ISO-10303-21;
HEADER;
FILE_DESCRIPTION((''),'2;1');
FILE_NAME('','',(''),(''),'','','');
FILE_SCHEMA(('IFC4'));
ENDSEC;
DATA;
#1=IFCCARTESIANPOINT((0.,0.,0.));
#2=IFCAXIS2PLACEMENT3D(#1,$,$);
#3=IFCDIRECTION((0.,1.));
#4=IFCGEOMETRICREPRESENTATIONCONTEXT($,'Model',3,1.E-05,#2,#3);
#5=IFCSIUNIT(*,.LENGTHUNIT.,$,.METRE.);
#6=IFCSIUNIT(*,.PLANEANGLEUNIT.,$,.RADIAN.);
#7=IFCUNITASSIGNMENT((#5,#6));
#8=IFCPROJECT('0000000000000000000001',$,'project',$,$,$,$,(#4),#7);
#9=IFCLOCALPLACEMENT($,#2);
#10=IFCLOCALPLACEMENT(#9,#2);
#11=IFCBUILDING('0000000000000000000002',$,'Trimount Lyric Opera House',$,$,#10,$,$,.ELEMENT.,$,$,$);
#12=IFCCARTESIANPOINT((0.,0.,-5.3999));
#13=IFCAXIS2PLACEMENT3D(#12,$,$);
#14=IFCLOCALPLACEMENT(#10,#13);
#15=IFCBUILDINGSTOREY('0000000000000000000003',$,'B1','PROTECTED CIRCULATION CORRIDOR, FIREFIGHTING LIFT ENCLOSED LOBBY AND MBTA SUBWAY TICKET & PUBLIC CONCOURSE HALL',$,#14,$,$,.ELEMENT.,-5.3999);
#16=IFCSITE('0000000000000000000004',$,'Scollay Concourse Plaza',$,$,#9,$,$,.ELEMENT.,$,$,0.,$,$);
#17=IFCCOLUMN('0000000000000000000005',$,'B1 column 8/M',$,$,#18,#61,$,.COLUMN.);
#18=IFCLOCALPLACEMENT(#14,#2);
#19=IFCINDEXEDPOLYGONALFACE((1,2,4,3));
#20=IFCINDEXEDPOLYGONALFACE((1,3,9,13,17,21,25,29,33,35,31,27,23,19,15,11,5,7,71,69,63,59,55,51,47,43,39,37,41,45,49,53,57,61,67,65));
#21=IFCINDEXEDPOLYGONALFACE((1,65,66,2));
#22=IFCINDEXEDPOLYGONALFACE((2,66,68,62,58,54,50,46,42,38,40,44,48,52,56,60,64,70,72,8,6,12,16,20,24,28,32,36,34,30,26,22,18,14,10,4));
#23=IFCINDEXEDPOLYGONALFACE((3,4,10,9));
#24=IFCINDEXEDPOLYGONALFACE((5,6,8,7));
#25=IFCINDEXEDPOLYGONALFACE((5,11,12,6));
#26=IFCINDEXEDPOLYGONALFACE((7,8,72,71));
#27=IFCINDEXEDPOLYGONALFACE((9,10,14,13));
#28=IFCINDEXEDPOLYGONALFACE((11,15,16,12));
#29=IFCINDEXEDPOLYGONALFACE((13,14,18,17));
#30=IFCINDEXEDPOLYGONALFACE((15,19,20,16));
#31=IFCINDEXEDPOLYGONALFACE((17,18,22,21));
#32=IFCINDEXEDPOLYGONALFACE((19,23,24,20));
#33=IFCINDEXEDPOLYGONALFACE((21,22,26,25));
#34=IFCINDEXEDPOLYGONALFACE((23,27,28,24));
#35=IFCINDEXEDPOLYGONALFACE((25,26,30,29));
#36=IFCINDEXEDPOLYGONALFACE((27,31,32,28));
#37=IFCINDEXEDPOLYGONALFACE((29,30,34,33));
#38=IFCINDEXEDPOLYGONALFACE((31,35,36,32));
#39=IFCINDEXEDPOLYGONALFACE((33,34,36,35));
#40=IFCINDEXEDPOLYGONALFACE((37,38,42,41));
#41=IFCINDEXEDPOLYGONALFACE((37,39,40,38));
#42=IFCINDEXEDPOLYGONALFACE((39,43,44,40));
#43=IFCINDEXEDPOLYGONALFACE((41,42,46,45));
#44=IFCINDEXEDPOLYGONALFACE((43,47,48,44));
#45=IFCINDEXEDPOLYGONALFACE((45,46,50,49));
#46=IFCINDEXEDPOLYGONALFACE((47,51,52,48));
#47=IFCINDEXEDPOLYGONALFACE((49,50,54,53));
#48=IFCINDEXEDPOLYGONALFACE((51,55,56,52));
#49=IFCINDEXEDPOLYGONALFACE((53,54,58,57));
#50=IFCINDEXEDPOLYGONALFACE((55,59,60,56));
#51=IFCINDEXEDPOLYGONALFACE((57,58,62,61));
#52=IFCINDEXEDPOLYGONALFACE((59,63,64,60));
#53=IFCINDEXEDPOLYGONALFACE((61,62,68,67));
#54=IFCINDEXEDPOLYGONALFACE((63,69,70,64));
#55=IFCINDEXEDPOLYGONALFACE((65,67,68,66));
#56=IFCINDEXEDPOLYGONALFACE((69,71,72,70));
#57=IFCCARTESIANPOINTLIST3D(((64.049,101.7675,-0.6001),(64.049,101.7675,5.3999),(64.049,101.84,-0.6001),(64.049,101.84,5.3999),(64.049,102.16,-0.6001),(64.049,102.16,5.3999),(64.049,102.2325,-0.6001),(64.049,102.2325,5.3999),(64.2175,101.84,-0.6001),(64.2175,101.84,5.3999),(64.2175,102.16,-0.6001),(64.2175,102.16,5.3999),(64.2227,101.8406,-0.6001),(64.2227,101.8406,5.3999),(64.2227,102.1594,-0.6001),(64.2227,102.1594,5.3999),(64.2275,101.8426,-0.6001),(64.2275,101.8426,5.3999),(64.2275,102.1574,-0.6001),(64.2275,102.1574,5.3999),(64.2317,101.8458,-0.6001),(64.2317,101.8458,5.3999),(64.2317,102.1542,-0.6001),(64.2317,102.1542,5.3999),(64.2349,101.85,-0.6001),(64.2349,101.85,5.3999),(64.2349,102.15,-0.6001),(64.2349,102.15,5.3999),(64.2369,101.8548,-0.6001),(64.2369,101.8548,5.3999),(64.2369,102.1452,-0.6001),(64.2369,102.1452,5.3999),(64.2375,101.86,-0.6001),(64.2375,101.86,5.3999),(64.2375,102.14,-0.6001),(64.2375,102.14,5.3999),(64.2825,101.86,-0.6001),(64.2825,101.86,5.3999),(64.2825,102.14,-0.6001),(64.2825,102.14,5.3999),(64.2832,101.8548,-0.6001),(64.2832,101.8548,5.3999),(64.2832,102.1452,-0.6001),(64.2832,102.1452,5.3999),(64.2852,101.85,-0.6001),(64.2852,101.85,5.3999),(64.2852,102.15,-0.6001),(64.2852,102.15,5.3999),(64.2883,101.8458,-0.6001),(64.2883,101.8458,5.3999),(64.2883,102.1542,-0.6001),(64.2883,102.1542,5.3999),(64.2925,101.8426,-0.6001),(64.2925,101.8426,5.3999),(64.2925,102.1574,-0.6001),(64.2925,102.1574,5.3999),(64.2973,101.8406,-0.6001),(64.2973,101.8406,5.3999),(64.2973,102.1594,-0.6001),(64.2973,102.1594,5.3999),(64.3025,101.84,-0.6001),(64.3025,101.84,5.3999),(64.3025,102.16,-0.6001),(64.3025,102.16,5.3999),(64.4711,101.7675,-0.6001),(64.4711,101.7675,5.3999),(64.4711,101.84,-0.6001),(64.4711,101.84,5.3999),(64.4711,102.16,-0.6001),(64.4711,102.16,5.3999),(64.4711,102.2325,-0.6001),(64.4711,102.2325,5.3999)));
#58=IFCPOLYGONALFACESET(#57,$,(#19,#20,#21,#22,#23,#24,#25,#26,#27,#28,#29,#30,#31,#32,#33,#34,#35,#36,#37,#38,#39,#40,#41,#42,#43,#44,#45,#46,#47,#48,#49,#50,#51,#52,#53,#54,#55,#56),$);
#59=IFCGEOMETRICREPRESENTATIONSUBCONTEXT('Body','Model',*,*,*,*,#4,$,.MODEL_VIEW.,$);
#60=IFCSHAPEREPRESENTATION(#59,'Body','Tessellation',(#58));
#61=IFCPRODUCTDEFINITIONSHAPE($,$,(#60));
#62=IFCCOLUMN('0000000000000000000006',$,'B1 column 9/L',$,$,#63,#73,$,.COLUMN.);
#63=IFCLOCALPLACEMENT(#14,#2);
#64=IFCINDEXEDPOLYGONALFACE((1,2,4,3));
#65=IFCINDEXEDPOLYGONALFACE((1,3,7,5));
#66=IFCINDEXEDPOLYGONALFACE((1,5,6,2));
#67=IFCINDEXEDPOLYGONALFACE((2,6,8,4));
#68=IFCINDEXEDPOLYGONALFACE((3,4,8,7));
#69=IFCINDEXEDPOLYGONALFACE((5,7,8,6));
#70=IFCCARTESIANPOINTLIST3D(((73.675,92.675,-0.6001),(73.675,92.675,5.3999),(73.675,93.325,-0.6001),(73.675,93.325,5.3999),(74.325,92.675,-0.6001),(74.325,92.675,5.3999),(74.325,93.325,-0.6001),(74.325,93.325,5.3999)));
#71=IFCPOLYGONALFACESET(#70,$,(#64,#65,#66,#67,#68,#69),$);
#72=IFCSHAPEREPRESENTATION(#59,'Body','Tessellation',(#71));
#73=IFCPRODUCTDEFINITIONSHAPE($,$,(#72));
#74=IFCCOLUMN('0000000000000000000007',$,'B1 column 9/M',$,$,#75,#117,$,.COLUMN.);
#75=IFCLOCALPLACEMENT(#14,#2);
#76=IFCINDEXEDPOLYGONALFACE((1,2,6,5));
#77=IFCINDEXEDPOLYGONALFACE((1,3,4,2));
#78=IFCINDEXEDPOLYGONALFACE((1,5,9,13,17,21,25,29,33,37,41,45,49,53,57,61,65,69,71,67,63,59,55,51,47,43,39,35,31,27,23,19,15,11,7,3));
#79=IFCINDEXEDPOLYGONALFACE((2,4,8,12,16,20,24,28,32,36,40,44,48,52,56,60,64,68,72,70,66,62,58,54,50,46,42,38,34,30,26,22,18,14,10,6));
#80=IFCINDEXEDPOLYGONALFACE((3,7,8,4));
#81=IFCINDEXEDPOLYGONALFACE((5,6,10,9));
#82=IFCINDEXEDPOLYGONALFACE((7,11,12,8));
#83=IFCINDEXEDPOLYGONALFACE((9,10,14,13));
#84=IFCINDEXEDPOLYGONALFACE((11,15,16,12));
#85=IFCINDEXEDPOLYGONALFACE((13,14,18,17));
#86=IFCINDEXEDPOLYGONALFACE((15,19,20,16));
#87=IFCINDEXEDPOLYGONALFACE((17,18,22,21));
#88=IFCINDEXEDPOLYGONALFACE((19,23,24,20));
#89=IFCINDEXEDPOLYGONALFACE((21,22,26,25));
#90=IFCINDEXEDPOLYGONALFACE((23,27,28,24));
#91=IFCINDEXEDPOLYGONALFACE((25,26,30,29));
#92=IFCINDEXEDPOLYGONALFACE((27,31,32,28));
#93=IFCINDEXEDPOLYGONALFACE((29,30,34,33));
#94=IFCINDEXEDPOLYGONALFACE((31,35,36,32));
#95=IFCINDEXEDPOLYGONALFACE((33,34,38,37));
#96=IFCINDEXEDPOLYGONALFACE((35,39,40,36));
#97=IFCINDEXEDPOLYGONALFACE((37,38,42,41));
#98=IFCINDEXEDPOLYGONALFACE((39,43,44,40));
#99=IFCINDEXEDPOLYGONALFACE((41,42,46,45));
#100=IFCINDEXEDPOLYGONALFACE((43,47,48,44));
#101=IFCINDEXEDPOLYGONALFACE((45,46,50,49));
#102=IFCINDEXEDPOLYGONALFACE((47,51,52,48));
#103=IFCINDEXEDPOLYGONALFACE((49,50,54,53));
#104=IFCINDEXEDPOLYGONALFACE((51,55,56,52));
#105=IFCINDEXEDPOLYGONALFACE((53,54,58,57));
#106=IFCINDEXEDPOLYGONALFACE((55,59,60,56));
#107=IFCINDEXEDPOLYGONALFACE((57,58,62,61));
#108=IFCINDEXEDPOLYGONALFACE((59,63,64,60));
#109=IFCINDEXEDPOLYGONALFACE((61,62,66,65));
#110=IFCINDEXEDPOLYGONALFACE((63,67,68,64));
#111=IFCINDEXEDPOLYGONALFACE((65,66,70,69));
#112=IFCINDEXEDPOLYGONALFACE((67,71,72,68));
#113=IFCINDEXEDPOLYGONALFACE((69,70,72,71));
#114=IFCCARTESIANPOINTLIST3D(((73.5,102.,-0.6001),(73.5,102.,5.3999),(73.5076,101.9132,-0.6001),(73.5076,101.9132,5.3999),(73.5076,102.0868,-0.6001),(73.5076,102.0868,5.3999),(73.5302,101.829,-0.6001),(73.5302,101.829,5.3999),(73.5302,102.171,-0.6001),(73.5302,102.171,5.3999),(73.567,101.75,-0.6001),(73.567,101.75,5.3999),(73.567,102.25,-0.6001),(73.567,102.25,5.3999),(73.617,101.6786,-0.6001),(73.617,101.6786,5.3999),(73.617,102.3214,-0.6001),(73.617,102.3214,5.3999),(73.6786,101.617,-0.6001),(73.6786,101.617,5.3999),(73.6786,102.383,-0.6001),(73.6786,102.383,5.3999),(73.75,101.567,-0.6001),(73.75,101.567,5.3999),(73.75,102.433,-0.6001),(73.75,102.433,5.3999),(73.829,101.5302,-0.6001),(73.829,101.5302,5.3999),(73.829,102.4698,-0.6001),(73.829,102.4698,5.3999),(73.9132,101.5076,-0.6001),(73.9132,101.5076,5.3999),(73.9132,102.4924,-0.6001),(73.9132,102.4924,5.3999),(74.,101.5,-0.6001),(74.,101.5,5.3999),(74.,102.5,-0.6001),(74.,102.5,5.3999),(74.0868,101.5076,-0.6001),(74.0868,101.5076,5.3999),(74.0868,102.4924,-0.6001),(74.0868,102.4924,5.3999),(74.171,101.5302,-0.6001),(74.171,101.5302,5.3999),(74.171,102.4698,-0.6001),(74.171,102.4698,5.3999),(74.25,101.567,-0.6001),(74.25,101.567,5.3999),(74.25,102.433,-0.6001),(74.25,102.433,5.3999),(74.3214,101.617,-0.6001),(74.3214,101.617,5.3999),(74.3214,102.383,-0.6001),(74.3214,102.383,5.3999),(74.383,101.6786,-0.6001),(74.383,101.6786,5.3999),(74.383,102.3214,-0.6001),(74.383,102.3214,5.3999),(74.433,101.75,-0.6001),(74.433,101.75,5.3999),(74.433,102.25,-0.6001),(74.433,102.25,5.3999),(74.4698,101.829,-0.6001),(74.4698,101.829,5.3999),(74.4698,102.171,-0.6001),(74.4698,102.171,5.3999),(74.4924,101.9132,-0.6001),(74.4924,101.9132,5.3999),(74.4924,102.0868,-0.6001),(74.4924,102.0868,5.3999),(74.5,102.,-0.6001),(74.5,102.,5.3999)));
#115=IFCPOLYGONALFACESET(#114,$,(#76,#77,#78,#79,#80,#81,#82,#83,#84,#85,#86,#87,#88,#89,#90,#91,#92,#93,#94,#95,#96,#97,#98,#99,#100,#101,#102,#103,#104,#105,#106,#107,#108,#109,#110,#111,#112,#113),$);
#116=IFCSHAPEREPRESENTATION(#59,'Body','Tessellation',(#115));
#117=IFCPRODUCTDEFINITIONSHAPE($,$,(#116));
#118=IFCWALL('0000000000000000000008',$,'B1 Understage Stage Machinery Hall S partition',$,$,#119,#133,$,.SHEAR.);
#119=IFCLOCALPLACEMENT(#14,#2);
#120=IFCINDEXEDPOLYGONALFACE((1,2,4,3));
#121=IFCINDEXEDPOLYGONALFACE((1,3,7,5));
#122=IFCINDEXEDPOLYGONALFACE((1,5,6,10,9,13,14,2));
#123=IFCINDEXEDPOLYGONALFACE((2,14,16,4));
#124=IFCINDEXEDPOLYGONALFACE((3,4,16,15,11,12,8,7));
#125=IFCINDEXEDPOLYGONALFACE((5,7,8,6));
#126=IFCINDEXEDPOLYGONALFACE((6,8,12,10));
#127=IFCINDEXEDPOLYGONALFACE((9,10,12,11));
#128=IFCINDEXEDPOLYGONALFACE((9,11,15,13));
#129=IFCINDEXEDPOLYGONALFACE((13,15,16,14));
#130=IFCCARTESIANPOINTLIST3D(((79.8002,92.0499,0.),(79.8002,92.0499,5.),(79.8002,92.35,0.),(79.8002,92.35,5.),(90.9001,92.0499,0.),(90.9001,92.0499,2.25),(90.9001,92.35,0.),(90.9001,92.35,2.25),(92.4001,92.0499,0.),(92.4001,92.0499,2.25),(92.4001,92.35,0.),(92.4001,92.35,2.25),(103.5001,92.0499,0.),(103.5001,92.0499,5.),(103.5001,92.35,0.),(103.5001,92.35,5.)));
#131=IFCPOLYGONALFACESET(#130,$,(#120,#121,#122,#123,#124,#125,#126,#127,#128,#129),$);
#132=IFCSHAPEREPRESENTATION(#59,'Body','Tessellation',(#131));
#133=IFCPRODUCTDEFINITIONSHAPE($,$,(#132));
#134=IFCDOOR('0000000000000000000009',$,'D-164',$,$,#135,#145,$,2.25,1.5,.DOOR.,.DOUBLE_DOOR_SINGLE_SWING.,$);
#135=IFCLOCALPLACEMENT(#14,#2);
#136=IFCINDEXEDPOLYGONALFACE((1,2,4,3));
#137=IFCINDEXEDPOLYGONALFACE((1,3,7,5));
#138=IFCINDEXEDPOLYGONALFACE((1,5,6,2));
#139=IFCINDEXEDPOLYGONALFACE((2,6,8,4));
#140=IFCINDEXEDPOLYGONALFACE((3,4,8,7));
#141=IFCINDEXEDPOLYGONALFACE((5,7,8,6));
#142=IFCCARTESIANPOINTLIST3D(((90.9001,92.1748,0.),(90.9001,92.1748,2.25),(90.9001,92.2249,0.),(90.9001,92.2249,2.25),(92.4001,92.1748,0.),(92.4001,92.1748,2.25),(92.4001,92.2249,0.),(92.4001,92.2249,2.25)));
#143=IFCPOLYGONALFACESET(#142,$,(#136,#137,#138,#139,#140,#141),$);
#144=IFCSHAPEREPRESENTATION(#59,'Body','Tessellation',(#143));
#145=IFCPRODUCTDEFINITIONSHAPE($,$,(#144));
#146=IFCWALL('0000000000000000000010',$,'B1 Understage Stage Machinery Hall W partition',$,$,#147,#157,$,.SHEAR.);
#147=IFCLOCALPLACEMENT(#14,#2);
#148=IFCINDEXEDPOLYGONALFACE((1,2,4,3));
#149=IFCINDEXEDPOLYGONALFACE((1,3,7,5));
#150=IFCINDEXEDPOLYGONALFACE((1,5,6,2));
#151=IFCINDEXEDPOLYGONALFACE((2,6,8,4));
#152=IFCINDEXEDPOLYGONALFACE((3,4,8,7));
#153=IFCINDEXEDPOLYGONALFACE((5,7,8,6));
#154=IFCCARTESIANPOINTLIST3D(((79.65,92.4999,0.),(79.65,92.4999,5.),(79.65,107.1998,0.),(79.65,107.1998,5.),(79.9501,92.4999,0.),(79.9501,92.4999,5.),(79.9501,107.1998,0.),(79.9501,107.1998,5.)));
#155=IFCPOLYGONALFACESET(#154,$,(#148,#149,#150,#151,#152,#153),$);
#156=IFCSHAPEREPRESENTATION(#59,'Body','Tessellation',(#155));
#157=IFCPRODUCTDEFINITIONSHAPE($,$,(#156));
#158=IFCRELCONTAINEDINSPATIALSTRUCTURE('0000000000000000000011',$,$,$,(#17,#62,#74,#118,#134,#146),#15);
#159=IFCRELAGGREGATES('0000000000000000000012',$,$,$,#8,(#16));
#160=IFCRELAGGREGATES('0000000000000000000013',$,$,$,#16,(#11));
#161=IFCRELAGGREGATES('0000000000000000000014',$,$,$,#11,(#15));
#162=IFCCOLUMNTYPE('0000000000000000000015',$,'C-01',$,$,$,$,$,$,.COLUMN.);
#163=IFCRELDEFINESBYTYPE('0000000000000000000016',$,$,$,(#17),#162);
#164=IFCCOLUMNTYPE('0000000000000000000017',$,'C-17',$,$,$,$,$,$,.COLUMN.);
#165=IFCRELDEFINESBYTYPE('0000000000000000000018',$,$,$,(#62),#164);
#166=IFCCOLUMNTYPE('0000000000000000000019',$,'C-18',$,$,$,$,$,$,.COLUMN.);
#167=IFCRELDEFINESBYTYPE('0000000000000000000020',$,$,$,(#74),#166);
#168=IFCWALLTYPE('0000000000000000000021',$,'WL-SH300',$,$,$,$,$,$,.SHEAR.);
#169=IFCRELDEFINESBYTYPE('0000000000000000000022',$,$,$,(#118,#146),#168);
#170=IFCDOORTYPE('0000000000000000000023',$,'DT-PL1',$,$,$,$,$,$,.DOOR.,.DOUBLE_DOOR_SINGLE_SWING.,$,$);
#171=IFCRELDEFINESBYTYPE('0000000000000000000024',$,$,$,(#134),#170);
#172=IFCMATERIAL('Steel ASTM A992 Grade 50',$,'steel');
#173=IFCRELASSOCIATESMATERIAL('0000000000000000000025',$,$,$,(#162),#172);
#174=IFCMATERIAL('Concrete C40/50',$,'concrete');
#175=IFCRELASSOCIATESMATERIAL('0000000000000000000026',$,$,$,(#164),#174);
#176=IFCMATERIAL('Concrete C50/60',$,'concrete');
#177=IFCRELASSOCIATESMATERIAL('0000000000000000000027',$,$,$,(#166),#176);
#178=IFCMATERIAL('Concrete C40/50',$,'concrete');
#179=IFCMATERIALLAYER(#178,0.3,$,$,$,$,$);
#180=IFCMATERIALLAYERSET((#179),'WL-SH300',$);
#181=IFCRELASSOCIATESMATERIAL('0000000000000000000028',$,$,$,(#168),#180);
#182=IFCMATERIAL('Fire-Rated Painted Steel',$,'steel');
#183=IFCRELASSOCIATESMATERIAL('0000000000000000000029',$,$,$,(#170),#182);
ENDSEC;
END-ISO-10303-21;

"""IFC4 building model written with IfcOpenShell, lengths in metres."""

from ifc_helpers import new_model, si_unit, direction, frame, frame_2d, origin, origin_2d, place, context, subcontext, project, spatial, rectangle, circle, i_section, extrude, material, layer, layer_set, material_profile, profile_set, type_object, element, fill, save


model = new_model("IFC4")

# Units and contexts
model_context = context("Model", 3, precision=1e-05, world=origin(), true_north=direction((0.0, 1.0)))
body_context = subcontext(model_context, "Body", "Model", "MODEL_VIEW")
ifc_project = project(units=[si_unit("LENGTHUNIT", "METRE"), si_unit("PLANEANGLEUNIT", "RADIAN")], contexts=[model_context])

# Site, building, storey
site_placement = place(None, origin())
site = spatial("IfcSite", under=ifc_project, at=site_placement, Name="Scollay Concourse Plaza", CompositionType="ELEMENT", RefElevation=0.0)
building_placement = place(site_placement, origin())
building = spatial("IfcBuilding", under=site, at=building_placement, Name="Trimount Lyric Opera House", CompositionType="ELEMENT")
storey_placement = place(building_placement, frame((0.0, 0.0, -5.3999)))
storey = spatial("IfcBuildingStorey", under=building, at=storey_placement, Name="B1", Description="PROTECTED CIRCULATION CORRIDOR, FIREFIGHTING LIFT ENCLOSED LOBBY AND MBTA SUBWAY TICKET & PUBLIC CONCOURSE HALL", CompositionType="ELEMENT", Elevation=-5.3999)

# Columns
ifc_material_1 = material(Name="Steel ASTM A992 Grade 50", Category="steel")
ifc_material_profile_1 = material_profile(ifc_material_1, i_section(OverallWidth=0.4221, OverallDepth=0.4651, WebThickness=0.0449, FlangeThickness=0.0725, FilletRadius=0.02, at=origin_2d()), Name="W14X398")
ifc_profile_set_1 = profile_set([ifc_material_profile_1], Name="Steel ASTM A992 Grade 50")
column_type_1 = type_object("IfcColumnType", Name="C-01", PredefinedType="COLUMN", material=ifc_profile_set_1)
column_1_placement = place(storey_placement, frame((64.26, 102.0, -0.6001), z_axis=(0.0, 0.0, 1.0), x_axis=(1.0, 0.0, 0.0)))
element("IfcColumn", 1, at=column_1_placement, inside=storey, type_object=column_type_1, Name="B1 column 8/M", PredefinedType="COLUMN", context=body_context, shape_type="SweptSolid", body=[
    extrude(i_section(OverallWidth=0.4221, OverallDepth=0.4651, WebThickness=0.0449, FlangeThickness=0.0725, FilletRadius=0.02, at=origin_2d()), origin(), (0.0, 0.0, 1.0), 6.0),
])
ifc_material_2 = material(Name="Concrete C40/50", Category="concrete")
ifc_material_profile_2 = material_profile(ifc_material_2, rectangle(XDim=0.6499, YDim=0.6499, at=origin_2d()), Name="RC650X650")
ifc_profile_set_2 = profile_set([ifc_material_profile_2], Name="Concrete C40/50")
column_type_2 = type_object("IfcColumnType", Name="C-17", PredefinedType="COLUMN", material=ifc_profile_set_2)
column_2_placement = place(storey_placement, frame((74.0, 93.0, -0.6001), z_axis=(0.0, 0.0, 1.0), x_axis=(1.0, 0.0, 0.0)))
element("IfcColumn", 2, at=column_2_placement, inside=storey, type_object=column_type_2, Name="B1 column 9/L", PredefinedType="COLUMN", context=body_context, shape_type="SweptSolid", body=[
    extrude(rectangle(XDim=0.6499, YDim=0.6499, at=origin_2d()), origin(), (0.0, 0.0, 1.0), 6.0),
])
ifc_material_3 = material(Name="Concrete C50/60", Category="concrete")
ifc_material_profile_3 = material_profile(ifc_material_3, circle(Radius=0.5, at=origin_2d()), Name="RC-D1000")
ifc_profile_set_3 = profile_set([ifc_material_profile_3], Name="Concrete C50/60")
column_type_3 = type_object("IfcColumnType", Name="C-18", PredefinedType="COLUMN", material=ifc_profile_set_3)
column_3_placement = place(storey_placement, frame((74.0, 102.0, -0.6001), z_axis=(0.0, 0.0, 1.0), x_axis=(1.0, 0.0, 0.0)))
element("IfcColumn", 3, at=column_3_placement, inside=storey, type_object=column_type_3, Name="B1 column 9/M", PredefinedType="COLUMN", context=body_context, shape_type="SweptSolid", body=[
    extrude(circle(Radius=0.5, at=origin_2d()), origin(), (0.0, 0.0, 1.0), 6.0),
])

# Wall, opening, door
ifc_material_4 = material(Name="Concrete C40/50", Category="concrete")
ifc_layer_1 = layer(ifc_material_4, 0.3)
ifc_layer_set_1 = layer_set([ifc_layer_1], Name="WL-SH300")
wall_type_1 = type_object("IfcWallType", Name="WL-SH300", PredefinedType="SHEAR", material=ifc_layer_set_1)
wall_1_placement = place(storey_placement, frame((79.8, 92.2, 0.0), z_axis=(0.0, 0.0, 1.0), x_axis=(1.0, 0.0, 0.0)))
wall_1 = element("IfcWall", 4, at=wall_1_placement, inside=storey, type_object=wall_type_1, Name="B1 Understage Stage Machinery Hall S partition", PredefinedType="SHEAR", context=body_context, shape_type="SweptSolid", body=[
    extrude(rectangle(XDim=23.7, YDim=0.3, at=frame_2d((11.8501, 0.0))), origin(), (0.0, 0.0, 1.0), 5.0),
])
opening_1_placement = place(wall_1_placement, frame((11.1001, 0.0, 0.0)))
opening_1 = element("IfcOpeningElement", 5, at=opening_1_placement, cuts=wall_1, PredefinedType="OPENING", context=body_context, shape_type="SweptSolid", body=[
    extrude(rectangle(XDim=1.5, YDim=2.25, at=frame_2d((0.75, 1.125))), frame((0.0, 0.1602, 0.0), z_axis=(0.0, -1.0, 0.0), x_axis=(1.0, 0.0, 0.0)), (0.0, 0.0, 1.0), 0.3201),
])
ifc_material_5 = material(Name="Fire-Rated Painted Steel", Category="steel")
door_type_1 = type_object("IfcDoorType", Name="DT-PL1", OperationType="DOUBLE_DOOR_SINGLE_SWING", PredefinedType="DOOR", material=ifc_material_5)
door_1_placement = place(opening_1_placement, origin())
door_1 = element("IfcDoor", 6, at=door_1_placement, inside=storey, type_object=door_type_1, Name="D-164", OperationType="DOUBLE_DOOR_SINGLE_SWING", OverallHeight=2.25, OverallWidth=1.5, PredefinedType="DOOR", context=body_context, shape_type="SweptSolid", body=[
    extrude(rectangle(XDim=1.5, YDim=2.25, at=frame_2d((0.75, 1.125))), frame((0.0, 0.0249, 0.0), z_axis=(0.0, -1.0, 0.0), x_axis=(1.0, 0.0, 0.0)), (0.0, 0.0, 1.0), 0.05),
])
fill(opening_1, door_1)

# Wall
wall_2_placement = place(storey_placement, frame((79.8, 107.2, 0.0), z_axis=(0.0, 0.0, 1.0), x_axis=(0.0, -1.0, 0.0)))
element("IfcWall", 7, at=wall_2_placement, inside=storey, type_object=wall_type_1, Name="B1 Understage Stage Machinery Hall W partition", PredefinedType="SHEAR", context=body_context, shape_type="SweptSolid", body=[
    extrude(rectangle(XDim=14.7, YDim=0.3, at=frame_2d((7.3501, 0.0))), origin(), (0.0, 0.0, 1.0), 5.0),
])

save(model, "model.ifc")
